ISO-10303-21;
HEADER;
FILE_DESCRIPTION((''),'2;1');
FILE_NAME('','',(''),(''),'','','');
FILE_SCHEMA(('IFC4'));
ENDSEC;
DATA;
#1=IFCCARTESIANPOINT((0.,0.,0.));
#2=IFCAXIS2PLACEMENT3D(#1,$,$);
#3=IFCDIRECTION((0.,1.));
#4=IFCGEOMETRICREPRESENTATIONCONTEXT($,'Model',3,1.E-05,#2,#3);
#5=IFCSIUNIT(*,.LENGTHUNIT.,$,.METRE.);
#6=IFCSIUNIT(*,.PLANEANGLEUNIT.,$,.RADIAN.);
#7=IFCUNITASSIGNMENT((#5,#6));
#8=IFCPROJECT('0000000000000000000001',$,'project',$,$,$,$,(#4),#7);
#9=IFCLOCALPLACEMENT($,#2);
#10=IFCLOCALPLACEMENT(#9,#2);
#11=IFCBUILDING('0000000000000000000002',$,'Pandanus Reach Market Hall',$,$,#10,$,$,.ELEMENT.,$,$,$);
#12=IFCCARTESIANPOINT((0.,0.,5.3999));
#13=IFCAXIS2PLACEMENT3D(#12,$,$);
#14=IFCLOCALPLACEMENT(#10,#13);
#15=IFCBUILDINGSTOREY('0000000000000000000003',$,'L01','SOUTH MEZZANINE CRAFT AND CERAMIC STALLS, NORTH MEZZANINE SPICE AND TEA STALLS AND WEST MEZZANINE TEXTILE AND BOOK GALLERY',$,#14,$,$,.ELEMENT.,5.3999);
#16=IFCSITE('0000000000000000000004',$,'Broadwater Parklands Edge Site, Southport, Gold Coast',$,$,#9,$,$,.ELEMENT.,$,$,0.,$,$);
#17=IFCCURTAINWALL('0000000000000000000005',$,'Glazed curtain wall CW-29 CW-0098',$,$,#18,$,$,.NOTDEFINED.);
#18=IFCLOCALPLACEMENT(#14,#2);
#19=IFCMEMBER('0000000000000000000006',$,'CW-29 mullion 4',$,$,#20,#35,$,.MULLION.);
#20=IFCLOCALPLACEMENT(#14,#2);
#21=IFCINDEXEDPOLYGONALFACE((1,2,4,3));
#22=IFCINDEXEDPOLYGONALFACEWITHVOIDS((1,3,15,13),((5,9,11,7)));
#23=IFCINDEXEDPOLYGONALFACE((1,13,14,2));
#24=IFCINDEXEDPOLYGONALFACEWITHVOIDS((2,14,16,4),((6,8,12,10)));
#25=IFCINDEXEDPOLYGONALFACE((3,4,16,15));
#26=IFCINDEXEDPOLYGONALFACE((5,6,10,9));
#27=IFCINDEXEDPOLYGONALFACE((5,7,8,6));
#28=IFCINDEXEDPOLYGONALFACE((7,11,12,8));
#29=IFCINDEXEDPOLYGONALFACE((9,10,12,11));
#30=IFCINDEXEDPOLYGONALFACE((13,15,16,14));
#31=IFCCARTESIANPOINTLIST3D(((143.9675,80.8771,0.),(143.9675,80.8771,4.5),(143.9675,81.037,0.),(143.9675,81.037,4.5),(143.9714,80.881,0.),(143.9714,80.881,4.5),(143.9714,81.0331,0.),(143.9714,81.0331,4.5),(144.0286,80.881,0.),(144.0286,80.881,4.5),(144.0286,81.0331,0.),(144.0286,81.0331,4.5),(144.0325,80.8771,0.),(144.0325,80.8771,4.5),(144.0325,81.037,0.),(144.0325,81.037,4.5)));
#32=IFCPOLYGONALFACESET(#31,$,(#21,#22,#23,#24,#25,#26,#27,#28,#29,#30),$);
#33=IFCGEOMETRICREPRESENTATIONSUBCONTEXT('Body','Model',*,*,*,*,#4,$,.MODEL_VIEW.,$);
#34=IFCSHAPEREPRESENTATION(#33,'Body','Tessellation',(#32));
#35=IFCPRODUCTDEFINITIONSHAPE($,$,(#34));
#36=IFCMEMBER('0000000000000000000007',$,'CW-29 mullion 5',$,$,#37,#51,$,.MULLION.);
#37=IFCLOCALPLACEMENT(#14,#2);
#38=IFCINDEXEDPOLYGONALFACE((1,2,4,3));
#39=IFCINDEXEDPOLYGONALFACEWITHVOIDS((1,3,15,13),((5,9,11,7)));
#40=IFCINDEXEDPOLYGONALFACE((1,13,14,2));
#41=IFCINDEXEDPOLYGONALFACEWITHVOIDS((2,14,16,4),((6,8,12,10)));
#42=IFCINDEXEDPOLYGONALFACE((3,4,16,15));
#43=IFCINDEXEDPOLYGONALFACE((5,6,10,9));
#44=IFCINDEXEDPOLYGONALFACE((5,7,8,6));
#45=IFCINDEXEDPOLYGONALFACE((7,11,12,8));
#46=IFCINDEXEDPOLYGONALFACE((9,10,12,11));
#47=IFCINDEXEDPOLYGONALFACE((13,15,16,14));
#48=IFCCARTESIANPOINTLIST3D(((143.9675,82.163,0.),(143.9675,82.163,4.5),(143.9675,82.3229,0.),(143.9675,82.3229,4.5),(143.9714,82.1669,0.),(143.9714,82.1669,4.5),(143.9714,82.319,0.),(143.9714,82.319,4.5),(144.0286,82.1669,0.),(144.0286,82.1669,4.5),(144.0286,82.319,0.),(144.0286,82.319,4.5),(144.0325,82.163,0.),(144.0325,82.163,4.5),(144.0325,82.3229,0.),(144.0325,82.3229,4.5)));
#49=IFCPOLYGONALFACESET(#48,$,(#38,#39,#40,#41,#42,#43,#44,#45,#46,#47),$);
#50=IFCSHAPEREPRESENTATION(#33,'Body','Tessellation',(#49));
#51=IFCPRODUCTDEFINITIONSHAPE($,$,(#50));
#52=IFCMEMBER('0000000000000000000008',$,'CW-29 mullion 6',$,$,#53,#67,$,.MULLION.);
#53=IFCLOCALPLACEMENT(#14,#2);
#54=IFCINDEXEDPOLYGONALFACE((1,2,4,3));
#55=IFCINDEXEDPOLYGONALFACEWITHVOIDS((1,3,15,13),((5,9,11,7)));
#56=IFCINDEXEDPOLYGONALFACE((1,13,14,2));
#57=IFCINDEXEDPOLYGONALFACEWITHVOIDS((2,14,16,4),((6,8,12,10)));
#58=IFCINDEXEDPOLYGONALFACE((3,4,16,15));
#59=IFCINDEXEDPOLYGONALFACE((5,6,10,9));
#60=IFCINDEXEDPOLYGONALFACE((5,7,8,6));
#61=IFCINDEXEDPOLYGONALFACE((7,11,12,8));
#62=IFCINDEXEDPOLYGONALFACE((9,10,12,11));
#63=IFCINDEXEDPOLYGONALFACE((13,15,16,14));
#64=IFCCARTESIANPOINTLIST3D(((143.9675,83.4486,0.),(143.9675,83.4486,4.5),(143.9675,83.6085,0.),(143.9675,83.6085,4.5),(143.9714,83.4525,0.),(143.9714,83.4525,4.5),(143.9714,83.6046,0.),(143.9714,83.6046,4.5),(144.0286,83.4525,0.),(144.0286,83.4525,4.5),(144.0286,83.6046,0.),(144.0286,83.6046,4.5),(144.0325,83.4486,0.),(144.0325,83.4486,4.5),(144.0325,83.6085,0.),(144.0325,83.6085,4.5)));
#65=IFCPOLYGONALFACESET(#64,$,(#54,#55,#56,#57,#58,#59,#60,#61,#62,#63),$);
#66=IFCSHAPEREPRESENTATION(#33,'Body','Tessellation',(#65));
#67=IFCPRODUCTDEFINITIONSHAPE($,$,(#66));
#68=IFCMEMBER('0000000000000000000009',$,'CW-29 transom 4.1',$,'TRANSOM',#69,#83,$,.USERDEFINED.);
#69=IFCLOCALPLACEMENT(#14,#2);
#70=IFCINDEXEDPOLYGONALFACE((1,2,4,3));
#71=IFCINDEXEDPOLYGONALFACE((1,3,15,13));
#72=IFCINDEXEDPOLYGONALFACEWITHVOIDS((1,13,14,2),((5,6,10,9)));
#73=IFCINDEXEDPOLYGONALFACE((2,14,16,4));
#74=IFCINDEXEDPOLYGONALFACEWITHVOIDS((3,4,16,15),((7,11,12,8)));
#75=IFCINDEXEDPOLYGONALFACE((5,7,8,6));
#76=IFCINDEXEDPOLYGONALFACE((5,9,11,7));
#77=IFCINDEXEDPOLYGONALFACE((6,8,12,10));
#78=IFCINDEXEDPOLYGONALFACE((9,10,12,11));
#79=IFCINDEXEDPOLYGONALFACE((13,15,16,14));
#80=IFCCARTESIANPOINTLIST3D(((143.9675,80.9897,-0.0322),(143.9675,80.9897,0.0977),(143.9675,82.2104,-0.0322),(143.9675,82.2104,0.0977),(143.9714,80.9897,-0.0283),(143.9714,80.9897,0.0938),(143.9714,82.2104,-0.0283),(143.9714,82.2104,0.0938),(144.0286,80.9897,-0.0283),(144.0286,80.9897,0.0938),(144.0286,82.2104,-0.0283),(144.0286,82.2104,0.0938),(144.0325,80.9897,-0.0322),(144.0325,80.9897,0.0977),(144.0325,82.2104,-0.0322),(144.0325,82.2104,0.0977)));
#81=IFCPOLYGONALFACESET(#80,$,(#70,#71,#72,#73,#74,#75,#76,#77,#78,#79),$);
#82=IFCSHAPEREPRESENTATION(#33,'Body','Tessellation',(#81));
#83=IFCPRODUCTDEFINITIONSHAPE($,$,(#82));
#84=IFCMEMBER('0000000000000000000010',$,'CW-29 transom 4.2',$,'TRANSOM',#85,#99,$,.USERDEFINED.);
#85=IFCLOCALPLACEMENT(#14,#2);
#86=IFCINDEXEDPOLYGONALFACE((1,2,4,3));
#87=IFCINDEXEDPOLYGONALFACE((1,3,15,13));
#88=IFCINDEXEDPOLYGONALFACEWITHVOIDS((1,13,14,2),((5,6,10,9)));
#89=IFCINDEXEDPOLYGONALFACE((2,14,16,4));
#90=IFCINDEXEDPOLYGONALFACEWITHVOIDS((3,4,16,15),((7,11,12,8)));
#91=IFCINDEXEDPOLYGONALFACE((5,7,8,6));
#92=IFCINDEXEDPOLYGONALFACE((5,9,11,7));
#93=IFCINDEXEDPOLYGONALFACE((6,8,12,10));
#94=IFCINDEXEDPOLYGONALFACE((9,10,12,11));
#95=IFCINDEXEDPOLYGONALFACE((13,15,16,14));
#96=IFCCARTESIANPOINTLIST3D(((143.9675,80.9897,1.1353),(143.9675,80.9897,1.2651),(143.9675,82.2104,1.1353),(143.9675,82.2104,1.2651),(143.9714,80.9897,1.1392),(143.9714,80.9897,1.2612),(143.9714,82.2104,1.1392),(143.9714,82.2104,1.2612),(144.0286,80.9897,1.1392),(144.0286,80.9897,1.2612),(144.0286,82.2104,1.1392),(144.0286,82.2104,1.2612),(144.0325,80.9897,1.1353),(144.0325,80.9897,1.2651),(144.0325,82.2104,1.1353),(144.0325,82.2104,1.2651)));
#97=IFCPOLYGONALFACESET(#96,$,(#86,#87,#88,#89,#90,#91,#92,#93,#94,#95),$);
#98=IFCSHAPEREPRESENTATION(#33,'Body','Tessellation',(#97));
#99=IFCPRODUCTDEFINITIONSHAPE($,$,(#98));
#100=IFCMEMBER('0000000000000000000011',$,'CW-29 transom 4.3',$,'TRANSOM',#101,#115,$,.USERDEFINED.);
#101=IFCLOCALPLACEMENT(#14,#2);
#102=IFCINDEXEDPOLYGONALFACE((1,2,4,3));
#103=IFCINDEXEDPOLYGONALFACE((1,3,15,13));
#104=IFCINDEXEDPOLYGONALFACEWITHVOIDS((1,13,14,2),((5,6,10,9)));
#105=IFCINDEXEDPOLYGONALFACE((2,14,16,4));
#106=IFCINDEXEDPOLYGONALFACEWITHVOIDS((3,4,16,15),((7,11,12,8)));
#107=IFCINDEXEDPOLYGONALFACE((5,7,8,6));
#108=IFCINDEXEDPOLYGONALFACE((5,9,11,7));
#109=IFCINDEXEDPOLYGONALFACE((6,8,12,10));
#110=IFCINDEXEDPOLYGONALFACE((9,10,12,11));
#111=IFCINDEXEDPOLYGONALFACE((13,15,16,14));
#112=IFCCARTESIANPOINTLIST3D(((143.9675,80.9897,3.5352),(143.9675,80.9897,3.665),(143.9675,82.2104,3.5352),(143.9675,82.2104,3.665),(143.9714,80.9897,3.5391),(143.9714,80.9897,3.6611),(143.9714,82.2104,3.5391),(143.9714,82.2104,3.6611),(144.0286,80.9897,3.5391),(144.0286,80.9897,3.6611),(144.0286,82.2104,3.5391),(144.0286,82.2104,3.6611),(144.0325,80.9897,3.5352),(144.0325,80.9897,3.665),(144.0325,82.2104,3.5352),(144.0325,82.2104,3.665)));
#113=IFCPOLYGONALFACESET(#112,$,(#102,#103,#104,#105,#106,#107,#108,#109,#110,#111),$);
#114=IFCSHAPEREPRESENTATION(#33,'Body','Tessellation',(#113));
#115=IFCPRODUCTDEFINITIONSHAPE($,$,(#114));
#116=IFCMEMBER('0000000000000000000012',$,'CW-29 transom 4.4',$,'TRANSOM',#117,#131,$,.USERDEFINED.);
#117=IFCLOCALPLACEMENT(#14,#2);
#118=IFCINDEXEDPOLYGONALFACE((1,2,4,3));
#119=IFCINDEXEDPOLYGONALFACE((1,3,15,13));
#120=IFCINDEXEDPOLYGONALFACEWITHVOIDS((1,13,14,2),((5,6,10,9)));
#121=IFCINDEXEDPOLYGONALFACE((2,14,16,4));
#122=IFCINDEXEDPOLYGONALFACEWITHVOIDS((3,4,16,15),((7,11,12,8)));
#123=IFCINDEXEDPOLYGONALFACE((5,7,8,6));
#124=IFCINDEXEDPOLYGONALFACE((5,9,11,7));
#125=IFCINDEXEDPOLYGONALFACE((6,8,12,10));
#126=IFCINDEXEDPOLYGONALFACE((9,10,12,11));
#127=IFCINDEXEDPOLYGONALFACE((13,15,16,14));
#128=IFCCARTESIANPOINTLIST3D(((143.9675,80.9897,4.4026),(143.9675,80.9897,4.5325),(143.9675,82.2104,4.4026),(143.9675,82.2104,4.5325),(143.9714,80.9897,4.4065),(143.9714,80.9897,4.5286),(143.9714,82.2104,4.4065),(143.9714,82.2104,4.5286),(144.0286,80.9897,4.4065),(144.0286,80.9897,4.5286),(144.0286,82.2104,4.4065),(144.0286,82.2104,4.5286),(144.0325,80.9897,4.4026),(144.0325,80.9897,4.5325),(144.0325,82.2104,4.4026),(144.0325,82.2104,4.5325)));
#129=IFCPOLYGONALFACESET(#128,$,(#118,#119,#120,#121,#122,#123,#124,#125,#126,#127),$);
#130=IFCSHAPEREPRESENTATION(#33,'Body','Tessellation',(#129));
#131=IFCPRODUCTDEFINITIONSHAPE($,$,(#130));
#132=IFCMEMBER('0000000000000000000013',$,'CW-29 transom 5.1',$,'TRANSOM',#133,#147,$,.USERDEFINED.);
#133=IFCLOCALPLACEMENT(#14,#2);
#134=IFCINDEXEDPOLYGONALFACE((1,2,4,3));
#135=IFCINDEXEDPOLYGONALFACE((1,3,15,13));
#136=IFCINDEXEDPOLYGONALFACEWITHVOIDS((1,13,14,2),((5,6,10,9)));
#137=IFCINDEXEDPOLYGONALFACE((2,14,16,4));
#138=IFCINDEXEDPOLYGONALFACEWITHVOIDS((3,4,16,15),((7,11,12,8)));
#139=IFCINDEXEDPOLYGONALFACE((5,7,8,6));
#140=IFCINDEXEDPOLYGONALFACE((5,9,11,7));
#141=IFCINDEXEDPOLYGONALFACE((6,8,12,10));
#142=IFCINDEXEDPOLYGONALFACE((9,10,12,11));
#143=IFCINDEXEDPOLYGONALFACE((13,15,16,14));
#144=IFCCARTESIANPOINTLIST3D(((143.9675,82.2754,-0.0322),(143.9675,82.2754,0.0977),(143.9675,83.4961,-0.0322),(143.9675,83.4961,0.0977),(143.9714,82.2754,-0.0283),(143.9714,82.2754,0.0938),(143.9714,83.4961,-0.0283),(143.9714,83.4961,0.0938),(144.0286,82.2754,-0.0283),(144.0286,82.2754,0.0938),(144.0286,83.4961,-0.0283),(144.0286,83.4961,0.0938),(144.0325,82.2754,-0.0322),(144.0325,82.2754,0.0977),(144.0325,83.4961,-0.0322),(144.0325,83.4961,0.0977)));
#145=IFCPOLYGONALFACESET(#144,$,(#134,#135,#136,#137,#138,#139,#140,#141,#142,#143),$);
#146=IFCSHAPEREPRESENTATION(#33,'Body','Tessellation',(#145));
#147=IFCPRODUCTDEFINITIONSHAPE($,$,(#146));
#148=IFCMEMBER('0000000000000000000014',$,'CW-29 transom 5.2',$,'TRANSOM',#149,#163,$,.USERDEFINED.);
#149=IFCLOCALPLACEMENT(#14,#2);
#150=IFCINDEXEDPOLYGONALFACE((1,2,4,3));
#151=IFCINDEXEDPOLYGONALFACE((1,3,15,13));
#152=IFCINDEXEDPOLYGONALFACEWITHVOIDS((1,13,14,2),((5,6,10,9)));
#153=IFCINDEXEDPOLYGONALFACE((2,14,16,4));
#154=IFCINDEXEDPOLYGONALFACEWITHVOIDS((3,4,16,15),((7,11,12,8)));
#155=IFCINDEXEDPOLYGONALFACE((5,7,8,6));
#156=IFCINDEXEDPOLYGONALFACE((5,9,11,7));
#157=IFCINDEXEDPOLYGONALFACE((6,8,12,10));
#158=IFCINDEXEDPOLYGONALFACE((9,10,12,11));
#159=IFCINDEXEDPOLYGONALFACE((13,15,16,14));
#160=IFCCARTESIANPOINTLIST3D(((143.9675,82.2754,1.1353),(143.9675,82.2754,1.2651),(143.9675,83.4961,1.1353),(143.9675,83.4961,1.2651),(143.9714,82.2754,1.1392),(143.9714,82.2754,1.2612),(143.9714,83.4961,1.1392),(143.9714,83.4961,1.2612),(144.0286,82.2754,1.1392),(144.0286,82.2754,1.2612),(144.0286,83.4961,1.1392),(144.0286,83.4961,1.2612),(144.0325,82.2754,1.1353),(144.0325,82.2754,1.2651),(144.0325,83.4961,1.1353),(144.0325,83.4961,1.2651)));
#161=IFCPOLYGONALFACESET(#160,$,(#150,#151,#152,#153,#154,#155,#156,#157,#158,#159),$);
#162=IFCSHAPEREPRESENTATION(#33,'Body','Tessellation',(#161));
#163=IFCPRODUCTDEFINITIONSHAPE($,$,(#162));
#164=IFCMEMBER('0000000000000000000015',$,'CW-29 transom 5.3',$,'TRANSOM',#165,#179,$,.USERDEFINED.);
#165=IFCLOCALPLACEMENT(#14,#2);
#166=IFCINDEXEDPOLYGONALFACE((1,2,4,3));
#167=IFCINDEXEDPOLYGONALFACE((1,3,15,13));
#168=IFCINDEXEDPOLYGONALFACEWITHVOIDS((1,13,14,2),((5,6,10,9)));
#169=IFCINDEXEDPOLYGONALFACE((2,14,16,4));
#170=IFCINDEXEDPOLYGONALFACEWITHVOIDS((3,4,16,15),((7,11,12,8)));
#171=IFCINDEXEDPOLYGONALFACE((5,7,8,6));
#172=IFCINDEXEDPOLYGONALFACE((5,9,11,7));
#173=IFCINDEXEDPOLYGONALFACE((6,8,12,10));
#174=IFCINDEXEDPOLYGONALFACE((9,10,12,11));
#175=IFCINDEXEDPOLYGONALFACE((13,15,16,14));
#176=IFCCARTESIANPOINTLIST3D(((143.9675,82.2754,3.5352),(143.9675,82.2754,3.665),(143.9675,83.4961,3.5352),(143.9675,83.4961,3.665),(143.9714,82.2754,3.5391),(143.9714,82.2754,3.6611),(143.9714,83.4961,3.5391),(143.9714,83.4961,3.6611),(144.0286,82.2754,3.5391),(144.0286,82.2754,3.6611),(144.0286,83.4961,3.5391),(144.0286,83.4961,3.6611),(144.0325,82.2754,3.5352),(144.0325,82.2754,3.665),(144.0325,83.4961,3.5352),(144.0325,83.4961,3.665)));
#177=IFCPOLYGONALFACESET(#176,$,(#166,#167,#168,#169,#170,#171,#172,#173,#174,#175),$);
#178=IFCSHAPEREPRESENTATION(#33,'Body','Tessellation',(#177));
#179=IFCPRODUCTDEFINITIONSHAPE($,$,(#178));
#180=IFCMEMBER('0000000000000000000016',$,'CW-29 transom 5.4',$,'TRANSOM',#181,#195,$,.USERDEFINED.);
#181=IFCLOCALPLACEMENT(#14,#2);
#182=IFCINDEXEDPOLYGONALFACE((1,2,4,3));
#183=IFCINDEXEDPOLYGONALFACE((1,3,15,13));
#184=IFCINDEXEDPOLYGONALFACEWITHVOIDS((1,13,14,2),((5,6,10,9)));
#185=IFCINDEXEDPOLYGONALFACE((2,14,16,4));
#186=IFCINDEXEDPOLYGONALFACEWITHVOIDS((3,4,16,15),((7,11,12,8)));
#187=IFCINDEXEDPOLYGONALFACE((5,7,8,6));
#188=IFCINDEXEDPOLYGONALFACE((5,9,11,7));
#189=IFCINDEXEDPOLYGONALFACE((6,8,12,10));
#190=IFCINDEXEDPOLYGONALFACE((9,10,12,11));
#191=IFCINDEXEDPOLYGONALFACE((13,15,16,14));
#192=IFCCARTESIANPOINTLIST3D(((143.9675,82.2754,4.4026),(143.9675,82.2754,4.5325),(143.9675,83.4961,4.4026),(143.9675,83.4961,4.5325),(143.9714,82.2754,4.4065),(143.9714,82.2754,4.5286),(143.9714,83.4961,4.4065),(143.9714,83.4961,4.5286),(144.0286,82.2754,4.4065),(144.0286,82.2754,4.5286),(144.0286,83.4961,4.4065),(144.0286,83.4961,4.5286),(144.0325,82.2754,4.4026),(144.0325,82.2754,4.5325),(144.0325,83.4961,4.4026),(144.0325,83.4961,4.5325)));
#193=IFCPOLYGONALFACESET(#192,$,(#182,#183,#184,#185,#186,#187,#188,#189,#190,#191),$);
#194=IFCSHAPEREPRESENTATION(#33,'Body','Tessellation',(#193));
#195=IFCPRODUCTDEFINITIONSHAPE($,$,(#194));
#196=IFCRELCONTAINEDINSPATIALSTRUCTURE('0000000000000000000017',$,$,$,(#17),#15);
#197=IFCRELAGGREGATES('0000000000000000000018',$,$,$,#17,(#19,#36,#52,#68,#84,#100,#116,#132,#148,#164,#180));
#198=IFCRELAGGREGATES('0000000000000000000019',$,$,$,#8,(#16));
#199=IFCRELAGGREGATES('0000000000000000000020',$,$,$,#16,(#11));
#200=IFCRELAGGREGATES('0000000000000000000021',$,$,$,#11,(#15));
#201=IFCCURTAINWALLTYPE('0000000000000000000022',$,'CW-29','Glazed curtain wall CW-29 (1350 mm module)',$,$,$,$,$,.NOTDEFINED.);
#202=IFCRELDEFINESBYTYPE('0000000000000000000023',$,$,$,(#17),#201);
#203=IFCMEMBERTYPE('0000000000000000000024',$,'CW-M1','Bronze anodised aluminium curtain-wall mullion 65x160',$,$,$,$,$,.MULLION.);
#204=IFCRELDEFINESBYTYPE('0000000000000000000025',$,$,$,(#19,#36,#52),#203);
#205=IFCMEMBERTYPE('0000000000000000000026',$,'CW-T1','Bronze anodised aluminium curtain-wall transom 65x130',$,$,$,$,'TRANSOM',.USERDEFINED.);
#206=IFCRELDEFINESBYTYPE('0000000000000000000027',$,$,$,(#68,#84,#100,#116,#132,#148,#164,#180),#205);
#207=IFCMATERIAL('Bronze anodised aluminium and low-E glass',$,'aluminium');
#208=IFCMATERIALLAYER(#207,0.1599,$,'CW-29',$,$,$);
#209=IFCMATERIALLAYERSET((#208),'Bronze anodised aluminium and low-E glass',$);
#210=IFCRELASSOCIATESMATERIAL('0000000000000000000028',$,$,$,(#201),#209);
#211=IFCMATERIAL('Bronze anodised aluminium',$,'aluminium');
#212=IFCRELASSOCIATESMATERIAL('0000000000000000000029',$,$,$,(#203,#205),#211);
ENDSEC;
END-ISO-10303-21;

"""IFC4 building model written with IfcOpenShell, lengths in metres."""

from ifc_helpers import new_model, si_unit, direction, frame, origin, origin_2d, place, context, subcontext, project, spatial, hollow_rectangle, extrude, material, layer, layer_set, material_profile, profile_set, type_object, element, aggregate, save


model = new_model("IFC4")

# Units and contexts
model_context = context("Model", 3, precision=1e-05, world=origin(), true_north=direction((0.0, 1.0)))
body_context = subcontext(model_context, "Body", "Model", "MODEL_VIEW")
ifc_project = project(units=[si_unit("LENGTHUNIT", "METRE"), si_unit("PLANEANGLEUNIT", "RADIAN")], contexts=[model_context])

# Site, building, storey
site_placement = place(None, origin())
site = spatial("IfcSite", under=ifc_project, at=site_placement, Name="Broadwater Parklands Edge Site, Southport, Gold Coast", CompositionType="ELEMENT", RefElevation=0.0)
building_placement = place(site_placement, origin())
building = spatial("IfcBuilding", under=site, at=building_placement, Name="Pandanus Reach Market Hall", CompositionType="ELEMENT")
storey_placement = place(building_placement, frame((0.0, 0.0, 5.3999)))
storey = spatial("IfcBuildingStorey", under=building, at=storey_placement, Name="L01", Description="SOUTH MEZZANINE CRAFT AND CERAMIC STALLS, NORTH MEZZANINE SPICE AND TEA STALLS AND WEST MEZZANINE TEXTILE AND BOOK GALLERY", CompositionType="ELEMENT", Elevation=5.3999)

# Curtain wall, members
ifc_material_1 = material(Name="Bronze anodised aluminium and low-E glass", Category="aluminium")
ifc_layer_1 = layer(ifc_material_1, 0.1599, Name="CW-29")
ifc_layer_set_1 = layer_set([ifc_layer_1], Name="Bronze anodised aluminium and low-E glass")
curtain_wall_type = type_object("IfcCurtainWallType", Name="CW-29", Description="Glazed curtain wall CW-29 (1350 mm module)", PredefinedType="NOTDEFINED", material=ifc_layer_set_1)
curtain_wall_placement = place(storey_placement, origin())
curtain_wall = element("IfcCurtainWall", 1, at=curtain_wall_placement, inside=storey, type_object=curtain_wall_type, Name="Glazed curtain wall CW-29 CW-0098", PredefinedType="NOTDEFINED")
ifc_material_2 = material(Name="Bronze anodised aluminium", Category="aluminium")
ifc_material_profile_1 = material_profile(ifc_material_2, hollow_rectangle(XDim=0.0649, YDim=0.1599, WallThickness=0.0039, at=origin_2d()), Name="ALU65x160", Category="LoadBearing")
ifc_profile_set_1 = profile_set([ifc_material_profile_1], Name="Bronze anodised aluminium")
member_type_1 = type_object("IfcMemberType", Name="CW-M1", Description="Bronze anodised aluminium curtain-wall mullion 65x160", PredefinedType="MULLION", material=ifc_profile_set_1)
member_1_placement = place(storey_placement, frame((144.0, 80.957, 0.0), z_axis=(0.0, 0.0, 1.0), x_axis=(-1.0, 0.0, 0.0)))
member_1 = element("IfcMember", 2, at=member_1_placement, type_object=member_type_1, Name="CW-29 mullion 4", PredefinedType="MULLION", context=body_context, shape_type="SweptSolid", body=[
    extrude(hollow_rectangle(XDim=0.0649, YDim=0.1599, WallThickness=0.0039, at=origin_2d()), origin(), (0.0, 0.0, 1.0), 4.5),
])
member_2_placement = place(storey_placement, frame((144.0, 82.2429, 0.0), z_axis=(0.0, 0.0, 1.0), x_axis=(-1.0, 0.0, 0.0)))
member_2 = element("IfcMember", 3, at=member_2_placement, type_object=member_type_1, Name="CW-29 mullion 5", PredefinedType="MULLION", context=body_context, shape_type="SweptSolid", body=[
    extrude(hollow_rectangle(XDim=0.0649, YDim=0.1599, WallThickness=0.0039, at=origin_2d()), origin(), (0.0, 0.0, 1.0), 4.5),
])
member_3_placement = place(storey_placement, frame((144.0, 83.5286, 0.0), z_axis=(0.0, 0.0, 1.0), x_axis=(-1.0, 0.0, 0.0)))
member_3 = element("IfcMember", 4, at=member_3_placement, type_object=member_type_1, Name="CW-29 mullion 6", PredefinedType="MULLION", context=body_context, shape_type="SweptSolid", body=[
    extrude(hollow_rectangle(XDim=0.0649, YDim=0.1599, WallThickness=0.0039, at=origin_2d()), origin(), (0.0, 0.0, 1.0), 4.5),
])
ifc_material_profile_2 = material_profile(ifc_material_2, hollow_rectangle(XDim=0.0649, YDim=0.1299, WallThickness=0.0039, at=origin_2d()), Name="ALU65x130", Category="LoadBearing")
ifc_profile_set_2 = profile_set([ifc_material_profile_2], Name="Bronze anodised aluminium")
member_type_2 = type_object("IfcMemberType", Name="CW-T1", Description="Bronze anodised aluminium curtain-wall transom 65x130", ElementType="TRANSOM", PredefinedType="USERDEFINED", material=ifc_profile_set_2)
member_4_placement = place(storey_placement, frame((144.0, 80.9897, 0.0327), z_axis=(0.0, 1.0, 0.0), x_axis=(-1.0, 0.0, 0.0)))
member_4 = element("IfcMember", 5, at=member_4_placement, type_object=member_type_2, Name="CW-29 transom 4.1", ObjectType="TRANSOM", PredefinedType="USERDEFINED", context=body_context, shape_type="SweptSolid", body=[
    extrude(hollow_rectangle(XDim=0.0649, YDim=0.1299, WallThickness=0.0039, at=origin_2d()), origin(), (0.0, 0.0, 1.0), 1.2207),
])
member_5_placement = place(storey_placement, frame((144.0, 80.9897, 1.2002), z_axis=(0.0, 1.0, 0.0), x_axis=(-1.0, 0.0, 0.0)))
member_5 = element("IfcMember", 6, at=member_5_placement, type_object=member_type_2, Name="CW-29 transom 4.2", ObjectType="TRANSOM", PredefinedType="USERDEFINED", context=body_context, shape_type="SweptSolid", body=[
    extrude(hollow_rectangle(XDim=0.0649, YDim=0.1299, WallThickness=0.0039, at=origin_2d()), origin(), (0.0, 0.0, 1.0), 1.2207),
])
member_6_placement = place(storey_placement, frame((144.0, 80.9897, 3.6001), z_axis=(0.0, 1.0, 0.0), x_axis=(-1.0, 0.0, 0.0)))
member_6 = element("IfcMember", 7, at=member_6_placement, type_object=member_type_2, Name="CW-29 transom 4.3", ObjectType="TRANSOM", PredefinedType="USERDEFINED", context=body_context, shape_type="SweptSolid", body=[
    extrude(hollow_rectangle(XDim=0.0649, YDim=0.1299, WallThickness=0.0039, at=origin_2d()), origin(), (0.0, 0.0, 1.0), 1.2207),
])
member_7_placement = place(storey_placement, frame((144.0, 80.9897, 4.4675), z_axis=(0.0, 1.0, 0.0), x_axis=(-1.0, 0.0, 0.0)))
member_7 = element("IfcMember", 8, at=member_7_placement, type_object=member_type_2, Name="CW-29 transom 4.4", ObjectType="TRANSOM", PredefinedType="USERDEFINED", context=body_context, shape_type="SweptSolid", body=[
    extrude(hollow_rectangle(XDim=0.0649, YDim=0.1299, WallThickness=0.0039, at=origin_2d()), origin(), (0.0, 0.0, 1.0), 1.2207),
])
member_8_placement = place(storey_placement, frame((144.0, 82.2754, 0.0327), z_axis=(0.0, 1.0, 0.0), x_axis=(-1.0, 0.0, 0.0)))
member_8 = element("IfcMember", 9, at=member_8_placement, type_object=member_type_2, Name="CW-29 transom 5.1", ObjectType="TRANSOM", PredefinedType="USERDEFINED", context=body_context, shape_type="SweptSolid", body=[
    extrude(hollow_rectangle(XDim=0.0649, YDim=0.1299, WallThickness=0.0039, at=origin_2d()), origin(), (0.0, 0.0, 1.0), 1.2207),
])
member_9_placement = place(storey_placement, frame((144.0, 82.2754, 1.2002), z_axis=(0.0, 1.0, 0.0), x_axis=(-1.0, 0.0, 0.0)))
member_9 = element("IfcMember", 10, at=member_9_placement, type_object=member_type_2, Name="CW-29 transom 5.2", ObjectType="TRANSOM", PredefinedType="USERDEFINED", context=body_context, shape_type="SweptSolid", body=[
    extrude(hollow_rectangle(XDim=0.0649, YDim=0.1299, WallThickness=0.0039, at=origin_2d()), origin(), (0.0, 0.0, 1.0), 1.2207),
])
member_10_placement = place(storey_placement, frame((144.0, 82.2754, 3.6001), z_axis=(0.0, 1.0, 0.0), x_axis=(-1.0, 0.0, 0.0)))
member_10 = element("IfcMember", 11, at=member_10_placement, type_object=member_type_2, Name="CW-29 transom 5.3", ObjectType="TRANSOM", PredefinedType="USERDEFINED", context=body_context, shape_type="SweptSolid", body=[
    extrude(hollow_rectangle(XDim=0.0649, YDim=0.1299, WallThickness=0.0039, at=origin_2d()), origin(), (0.0, 0.0, 1.0), 1.2207),
])
member_11_placement = place(storey_placement, frame((144.0, 82.2754, 4.4675), z_axis=(0.0, 1.0, 0.0), x_axis=(-1.0, 0.0, 0.0)))
member_11 = element("IfcMember", 12, at=member_11_placement, type_object=member_type_2, Name="CW-29 transom 5.4", ObjectType="TRANSOM", PredefinedType="USERDEFINED", context=body_context, shape_type="SweptSolid", body=[
    extrude(hollow_rectangle(XDim=0.0649, YDim=0.1299, WallThickness=0.0039, at=origin_2d()), origin(), (0.0, 0.0, 1.0), 1.2207),
])
aggregate(curtain_wall, [member_1, member_2, member_3, member_4, member_5, member_6, member_7, member_8, member_9, member_10, member_11])

save(model, "model.ifc")
